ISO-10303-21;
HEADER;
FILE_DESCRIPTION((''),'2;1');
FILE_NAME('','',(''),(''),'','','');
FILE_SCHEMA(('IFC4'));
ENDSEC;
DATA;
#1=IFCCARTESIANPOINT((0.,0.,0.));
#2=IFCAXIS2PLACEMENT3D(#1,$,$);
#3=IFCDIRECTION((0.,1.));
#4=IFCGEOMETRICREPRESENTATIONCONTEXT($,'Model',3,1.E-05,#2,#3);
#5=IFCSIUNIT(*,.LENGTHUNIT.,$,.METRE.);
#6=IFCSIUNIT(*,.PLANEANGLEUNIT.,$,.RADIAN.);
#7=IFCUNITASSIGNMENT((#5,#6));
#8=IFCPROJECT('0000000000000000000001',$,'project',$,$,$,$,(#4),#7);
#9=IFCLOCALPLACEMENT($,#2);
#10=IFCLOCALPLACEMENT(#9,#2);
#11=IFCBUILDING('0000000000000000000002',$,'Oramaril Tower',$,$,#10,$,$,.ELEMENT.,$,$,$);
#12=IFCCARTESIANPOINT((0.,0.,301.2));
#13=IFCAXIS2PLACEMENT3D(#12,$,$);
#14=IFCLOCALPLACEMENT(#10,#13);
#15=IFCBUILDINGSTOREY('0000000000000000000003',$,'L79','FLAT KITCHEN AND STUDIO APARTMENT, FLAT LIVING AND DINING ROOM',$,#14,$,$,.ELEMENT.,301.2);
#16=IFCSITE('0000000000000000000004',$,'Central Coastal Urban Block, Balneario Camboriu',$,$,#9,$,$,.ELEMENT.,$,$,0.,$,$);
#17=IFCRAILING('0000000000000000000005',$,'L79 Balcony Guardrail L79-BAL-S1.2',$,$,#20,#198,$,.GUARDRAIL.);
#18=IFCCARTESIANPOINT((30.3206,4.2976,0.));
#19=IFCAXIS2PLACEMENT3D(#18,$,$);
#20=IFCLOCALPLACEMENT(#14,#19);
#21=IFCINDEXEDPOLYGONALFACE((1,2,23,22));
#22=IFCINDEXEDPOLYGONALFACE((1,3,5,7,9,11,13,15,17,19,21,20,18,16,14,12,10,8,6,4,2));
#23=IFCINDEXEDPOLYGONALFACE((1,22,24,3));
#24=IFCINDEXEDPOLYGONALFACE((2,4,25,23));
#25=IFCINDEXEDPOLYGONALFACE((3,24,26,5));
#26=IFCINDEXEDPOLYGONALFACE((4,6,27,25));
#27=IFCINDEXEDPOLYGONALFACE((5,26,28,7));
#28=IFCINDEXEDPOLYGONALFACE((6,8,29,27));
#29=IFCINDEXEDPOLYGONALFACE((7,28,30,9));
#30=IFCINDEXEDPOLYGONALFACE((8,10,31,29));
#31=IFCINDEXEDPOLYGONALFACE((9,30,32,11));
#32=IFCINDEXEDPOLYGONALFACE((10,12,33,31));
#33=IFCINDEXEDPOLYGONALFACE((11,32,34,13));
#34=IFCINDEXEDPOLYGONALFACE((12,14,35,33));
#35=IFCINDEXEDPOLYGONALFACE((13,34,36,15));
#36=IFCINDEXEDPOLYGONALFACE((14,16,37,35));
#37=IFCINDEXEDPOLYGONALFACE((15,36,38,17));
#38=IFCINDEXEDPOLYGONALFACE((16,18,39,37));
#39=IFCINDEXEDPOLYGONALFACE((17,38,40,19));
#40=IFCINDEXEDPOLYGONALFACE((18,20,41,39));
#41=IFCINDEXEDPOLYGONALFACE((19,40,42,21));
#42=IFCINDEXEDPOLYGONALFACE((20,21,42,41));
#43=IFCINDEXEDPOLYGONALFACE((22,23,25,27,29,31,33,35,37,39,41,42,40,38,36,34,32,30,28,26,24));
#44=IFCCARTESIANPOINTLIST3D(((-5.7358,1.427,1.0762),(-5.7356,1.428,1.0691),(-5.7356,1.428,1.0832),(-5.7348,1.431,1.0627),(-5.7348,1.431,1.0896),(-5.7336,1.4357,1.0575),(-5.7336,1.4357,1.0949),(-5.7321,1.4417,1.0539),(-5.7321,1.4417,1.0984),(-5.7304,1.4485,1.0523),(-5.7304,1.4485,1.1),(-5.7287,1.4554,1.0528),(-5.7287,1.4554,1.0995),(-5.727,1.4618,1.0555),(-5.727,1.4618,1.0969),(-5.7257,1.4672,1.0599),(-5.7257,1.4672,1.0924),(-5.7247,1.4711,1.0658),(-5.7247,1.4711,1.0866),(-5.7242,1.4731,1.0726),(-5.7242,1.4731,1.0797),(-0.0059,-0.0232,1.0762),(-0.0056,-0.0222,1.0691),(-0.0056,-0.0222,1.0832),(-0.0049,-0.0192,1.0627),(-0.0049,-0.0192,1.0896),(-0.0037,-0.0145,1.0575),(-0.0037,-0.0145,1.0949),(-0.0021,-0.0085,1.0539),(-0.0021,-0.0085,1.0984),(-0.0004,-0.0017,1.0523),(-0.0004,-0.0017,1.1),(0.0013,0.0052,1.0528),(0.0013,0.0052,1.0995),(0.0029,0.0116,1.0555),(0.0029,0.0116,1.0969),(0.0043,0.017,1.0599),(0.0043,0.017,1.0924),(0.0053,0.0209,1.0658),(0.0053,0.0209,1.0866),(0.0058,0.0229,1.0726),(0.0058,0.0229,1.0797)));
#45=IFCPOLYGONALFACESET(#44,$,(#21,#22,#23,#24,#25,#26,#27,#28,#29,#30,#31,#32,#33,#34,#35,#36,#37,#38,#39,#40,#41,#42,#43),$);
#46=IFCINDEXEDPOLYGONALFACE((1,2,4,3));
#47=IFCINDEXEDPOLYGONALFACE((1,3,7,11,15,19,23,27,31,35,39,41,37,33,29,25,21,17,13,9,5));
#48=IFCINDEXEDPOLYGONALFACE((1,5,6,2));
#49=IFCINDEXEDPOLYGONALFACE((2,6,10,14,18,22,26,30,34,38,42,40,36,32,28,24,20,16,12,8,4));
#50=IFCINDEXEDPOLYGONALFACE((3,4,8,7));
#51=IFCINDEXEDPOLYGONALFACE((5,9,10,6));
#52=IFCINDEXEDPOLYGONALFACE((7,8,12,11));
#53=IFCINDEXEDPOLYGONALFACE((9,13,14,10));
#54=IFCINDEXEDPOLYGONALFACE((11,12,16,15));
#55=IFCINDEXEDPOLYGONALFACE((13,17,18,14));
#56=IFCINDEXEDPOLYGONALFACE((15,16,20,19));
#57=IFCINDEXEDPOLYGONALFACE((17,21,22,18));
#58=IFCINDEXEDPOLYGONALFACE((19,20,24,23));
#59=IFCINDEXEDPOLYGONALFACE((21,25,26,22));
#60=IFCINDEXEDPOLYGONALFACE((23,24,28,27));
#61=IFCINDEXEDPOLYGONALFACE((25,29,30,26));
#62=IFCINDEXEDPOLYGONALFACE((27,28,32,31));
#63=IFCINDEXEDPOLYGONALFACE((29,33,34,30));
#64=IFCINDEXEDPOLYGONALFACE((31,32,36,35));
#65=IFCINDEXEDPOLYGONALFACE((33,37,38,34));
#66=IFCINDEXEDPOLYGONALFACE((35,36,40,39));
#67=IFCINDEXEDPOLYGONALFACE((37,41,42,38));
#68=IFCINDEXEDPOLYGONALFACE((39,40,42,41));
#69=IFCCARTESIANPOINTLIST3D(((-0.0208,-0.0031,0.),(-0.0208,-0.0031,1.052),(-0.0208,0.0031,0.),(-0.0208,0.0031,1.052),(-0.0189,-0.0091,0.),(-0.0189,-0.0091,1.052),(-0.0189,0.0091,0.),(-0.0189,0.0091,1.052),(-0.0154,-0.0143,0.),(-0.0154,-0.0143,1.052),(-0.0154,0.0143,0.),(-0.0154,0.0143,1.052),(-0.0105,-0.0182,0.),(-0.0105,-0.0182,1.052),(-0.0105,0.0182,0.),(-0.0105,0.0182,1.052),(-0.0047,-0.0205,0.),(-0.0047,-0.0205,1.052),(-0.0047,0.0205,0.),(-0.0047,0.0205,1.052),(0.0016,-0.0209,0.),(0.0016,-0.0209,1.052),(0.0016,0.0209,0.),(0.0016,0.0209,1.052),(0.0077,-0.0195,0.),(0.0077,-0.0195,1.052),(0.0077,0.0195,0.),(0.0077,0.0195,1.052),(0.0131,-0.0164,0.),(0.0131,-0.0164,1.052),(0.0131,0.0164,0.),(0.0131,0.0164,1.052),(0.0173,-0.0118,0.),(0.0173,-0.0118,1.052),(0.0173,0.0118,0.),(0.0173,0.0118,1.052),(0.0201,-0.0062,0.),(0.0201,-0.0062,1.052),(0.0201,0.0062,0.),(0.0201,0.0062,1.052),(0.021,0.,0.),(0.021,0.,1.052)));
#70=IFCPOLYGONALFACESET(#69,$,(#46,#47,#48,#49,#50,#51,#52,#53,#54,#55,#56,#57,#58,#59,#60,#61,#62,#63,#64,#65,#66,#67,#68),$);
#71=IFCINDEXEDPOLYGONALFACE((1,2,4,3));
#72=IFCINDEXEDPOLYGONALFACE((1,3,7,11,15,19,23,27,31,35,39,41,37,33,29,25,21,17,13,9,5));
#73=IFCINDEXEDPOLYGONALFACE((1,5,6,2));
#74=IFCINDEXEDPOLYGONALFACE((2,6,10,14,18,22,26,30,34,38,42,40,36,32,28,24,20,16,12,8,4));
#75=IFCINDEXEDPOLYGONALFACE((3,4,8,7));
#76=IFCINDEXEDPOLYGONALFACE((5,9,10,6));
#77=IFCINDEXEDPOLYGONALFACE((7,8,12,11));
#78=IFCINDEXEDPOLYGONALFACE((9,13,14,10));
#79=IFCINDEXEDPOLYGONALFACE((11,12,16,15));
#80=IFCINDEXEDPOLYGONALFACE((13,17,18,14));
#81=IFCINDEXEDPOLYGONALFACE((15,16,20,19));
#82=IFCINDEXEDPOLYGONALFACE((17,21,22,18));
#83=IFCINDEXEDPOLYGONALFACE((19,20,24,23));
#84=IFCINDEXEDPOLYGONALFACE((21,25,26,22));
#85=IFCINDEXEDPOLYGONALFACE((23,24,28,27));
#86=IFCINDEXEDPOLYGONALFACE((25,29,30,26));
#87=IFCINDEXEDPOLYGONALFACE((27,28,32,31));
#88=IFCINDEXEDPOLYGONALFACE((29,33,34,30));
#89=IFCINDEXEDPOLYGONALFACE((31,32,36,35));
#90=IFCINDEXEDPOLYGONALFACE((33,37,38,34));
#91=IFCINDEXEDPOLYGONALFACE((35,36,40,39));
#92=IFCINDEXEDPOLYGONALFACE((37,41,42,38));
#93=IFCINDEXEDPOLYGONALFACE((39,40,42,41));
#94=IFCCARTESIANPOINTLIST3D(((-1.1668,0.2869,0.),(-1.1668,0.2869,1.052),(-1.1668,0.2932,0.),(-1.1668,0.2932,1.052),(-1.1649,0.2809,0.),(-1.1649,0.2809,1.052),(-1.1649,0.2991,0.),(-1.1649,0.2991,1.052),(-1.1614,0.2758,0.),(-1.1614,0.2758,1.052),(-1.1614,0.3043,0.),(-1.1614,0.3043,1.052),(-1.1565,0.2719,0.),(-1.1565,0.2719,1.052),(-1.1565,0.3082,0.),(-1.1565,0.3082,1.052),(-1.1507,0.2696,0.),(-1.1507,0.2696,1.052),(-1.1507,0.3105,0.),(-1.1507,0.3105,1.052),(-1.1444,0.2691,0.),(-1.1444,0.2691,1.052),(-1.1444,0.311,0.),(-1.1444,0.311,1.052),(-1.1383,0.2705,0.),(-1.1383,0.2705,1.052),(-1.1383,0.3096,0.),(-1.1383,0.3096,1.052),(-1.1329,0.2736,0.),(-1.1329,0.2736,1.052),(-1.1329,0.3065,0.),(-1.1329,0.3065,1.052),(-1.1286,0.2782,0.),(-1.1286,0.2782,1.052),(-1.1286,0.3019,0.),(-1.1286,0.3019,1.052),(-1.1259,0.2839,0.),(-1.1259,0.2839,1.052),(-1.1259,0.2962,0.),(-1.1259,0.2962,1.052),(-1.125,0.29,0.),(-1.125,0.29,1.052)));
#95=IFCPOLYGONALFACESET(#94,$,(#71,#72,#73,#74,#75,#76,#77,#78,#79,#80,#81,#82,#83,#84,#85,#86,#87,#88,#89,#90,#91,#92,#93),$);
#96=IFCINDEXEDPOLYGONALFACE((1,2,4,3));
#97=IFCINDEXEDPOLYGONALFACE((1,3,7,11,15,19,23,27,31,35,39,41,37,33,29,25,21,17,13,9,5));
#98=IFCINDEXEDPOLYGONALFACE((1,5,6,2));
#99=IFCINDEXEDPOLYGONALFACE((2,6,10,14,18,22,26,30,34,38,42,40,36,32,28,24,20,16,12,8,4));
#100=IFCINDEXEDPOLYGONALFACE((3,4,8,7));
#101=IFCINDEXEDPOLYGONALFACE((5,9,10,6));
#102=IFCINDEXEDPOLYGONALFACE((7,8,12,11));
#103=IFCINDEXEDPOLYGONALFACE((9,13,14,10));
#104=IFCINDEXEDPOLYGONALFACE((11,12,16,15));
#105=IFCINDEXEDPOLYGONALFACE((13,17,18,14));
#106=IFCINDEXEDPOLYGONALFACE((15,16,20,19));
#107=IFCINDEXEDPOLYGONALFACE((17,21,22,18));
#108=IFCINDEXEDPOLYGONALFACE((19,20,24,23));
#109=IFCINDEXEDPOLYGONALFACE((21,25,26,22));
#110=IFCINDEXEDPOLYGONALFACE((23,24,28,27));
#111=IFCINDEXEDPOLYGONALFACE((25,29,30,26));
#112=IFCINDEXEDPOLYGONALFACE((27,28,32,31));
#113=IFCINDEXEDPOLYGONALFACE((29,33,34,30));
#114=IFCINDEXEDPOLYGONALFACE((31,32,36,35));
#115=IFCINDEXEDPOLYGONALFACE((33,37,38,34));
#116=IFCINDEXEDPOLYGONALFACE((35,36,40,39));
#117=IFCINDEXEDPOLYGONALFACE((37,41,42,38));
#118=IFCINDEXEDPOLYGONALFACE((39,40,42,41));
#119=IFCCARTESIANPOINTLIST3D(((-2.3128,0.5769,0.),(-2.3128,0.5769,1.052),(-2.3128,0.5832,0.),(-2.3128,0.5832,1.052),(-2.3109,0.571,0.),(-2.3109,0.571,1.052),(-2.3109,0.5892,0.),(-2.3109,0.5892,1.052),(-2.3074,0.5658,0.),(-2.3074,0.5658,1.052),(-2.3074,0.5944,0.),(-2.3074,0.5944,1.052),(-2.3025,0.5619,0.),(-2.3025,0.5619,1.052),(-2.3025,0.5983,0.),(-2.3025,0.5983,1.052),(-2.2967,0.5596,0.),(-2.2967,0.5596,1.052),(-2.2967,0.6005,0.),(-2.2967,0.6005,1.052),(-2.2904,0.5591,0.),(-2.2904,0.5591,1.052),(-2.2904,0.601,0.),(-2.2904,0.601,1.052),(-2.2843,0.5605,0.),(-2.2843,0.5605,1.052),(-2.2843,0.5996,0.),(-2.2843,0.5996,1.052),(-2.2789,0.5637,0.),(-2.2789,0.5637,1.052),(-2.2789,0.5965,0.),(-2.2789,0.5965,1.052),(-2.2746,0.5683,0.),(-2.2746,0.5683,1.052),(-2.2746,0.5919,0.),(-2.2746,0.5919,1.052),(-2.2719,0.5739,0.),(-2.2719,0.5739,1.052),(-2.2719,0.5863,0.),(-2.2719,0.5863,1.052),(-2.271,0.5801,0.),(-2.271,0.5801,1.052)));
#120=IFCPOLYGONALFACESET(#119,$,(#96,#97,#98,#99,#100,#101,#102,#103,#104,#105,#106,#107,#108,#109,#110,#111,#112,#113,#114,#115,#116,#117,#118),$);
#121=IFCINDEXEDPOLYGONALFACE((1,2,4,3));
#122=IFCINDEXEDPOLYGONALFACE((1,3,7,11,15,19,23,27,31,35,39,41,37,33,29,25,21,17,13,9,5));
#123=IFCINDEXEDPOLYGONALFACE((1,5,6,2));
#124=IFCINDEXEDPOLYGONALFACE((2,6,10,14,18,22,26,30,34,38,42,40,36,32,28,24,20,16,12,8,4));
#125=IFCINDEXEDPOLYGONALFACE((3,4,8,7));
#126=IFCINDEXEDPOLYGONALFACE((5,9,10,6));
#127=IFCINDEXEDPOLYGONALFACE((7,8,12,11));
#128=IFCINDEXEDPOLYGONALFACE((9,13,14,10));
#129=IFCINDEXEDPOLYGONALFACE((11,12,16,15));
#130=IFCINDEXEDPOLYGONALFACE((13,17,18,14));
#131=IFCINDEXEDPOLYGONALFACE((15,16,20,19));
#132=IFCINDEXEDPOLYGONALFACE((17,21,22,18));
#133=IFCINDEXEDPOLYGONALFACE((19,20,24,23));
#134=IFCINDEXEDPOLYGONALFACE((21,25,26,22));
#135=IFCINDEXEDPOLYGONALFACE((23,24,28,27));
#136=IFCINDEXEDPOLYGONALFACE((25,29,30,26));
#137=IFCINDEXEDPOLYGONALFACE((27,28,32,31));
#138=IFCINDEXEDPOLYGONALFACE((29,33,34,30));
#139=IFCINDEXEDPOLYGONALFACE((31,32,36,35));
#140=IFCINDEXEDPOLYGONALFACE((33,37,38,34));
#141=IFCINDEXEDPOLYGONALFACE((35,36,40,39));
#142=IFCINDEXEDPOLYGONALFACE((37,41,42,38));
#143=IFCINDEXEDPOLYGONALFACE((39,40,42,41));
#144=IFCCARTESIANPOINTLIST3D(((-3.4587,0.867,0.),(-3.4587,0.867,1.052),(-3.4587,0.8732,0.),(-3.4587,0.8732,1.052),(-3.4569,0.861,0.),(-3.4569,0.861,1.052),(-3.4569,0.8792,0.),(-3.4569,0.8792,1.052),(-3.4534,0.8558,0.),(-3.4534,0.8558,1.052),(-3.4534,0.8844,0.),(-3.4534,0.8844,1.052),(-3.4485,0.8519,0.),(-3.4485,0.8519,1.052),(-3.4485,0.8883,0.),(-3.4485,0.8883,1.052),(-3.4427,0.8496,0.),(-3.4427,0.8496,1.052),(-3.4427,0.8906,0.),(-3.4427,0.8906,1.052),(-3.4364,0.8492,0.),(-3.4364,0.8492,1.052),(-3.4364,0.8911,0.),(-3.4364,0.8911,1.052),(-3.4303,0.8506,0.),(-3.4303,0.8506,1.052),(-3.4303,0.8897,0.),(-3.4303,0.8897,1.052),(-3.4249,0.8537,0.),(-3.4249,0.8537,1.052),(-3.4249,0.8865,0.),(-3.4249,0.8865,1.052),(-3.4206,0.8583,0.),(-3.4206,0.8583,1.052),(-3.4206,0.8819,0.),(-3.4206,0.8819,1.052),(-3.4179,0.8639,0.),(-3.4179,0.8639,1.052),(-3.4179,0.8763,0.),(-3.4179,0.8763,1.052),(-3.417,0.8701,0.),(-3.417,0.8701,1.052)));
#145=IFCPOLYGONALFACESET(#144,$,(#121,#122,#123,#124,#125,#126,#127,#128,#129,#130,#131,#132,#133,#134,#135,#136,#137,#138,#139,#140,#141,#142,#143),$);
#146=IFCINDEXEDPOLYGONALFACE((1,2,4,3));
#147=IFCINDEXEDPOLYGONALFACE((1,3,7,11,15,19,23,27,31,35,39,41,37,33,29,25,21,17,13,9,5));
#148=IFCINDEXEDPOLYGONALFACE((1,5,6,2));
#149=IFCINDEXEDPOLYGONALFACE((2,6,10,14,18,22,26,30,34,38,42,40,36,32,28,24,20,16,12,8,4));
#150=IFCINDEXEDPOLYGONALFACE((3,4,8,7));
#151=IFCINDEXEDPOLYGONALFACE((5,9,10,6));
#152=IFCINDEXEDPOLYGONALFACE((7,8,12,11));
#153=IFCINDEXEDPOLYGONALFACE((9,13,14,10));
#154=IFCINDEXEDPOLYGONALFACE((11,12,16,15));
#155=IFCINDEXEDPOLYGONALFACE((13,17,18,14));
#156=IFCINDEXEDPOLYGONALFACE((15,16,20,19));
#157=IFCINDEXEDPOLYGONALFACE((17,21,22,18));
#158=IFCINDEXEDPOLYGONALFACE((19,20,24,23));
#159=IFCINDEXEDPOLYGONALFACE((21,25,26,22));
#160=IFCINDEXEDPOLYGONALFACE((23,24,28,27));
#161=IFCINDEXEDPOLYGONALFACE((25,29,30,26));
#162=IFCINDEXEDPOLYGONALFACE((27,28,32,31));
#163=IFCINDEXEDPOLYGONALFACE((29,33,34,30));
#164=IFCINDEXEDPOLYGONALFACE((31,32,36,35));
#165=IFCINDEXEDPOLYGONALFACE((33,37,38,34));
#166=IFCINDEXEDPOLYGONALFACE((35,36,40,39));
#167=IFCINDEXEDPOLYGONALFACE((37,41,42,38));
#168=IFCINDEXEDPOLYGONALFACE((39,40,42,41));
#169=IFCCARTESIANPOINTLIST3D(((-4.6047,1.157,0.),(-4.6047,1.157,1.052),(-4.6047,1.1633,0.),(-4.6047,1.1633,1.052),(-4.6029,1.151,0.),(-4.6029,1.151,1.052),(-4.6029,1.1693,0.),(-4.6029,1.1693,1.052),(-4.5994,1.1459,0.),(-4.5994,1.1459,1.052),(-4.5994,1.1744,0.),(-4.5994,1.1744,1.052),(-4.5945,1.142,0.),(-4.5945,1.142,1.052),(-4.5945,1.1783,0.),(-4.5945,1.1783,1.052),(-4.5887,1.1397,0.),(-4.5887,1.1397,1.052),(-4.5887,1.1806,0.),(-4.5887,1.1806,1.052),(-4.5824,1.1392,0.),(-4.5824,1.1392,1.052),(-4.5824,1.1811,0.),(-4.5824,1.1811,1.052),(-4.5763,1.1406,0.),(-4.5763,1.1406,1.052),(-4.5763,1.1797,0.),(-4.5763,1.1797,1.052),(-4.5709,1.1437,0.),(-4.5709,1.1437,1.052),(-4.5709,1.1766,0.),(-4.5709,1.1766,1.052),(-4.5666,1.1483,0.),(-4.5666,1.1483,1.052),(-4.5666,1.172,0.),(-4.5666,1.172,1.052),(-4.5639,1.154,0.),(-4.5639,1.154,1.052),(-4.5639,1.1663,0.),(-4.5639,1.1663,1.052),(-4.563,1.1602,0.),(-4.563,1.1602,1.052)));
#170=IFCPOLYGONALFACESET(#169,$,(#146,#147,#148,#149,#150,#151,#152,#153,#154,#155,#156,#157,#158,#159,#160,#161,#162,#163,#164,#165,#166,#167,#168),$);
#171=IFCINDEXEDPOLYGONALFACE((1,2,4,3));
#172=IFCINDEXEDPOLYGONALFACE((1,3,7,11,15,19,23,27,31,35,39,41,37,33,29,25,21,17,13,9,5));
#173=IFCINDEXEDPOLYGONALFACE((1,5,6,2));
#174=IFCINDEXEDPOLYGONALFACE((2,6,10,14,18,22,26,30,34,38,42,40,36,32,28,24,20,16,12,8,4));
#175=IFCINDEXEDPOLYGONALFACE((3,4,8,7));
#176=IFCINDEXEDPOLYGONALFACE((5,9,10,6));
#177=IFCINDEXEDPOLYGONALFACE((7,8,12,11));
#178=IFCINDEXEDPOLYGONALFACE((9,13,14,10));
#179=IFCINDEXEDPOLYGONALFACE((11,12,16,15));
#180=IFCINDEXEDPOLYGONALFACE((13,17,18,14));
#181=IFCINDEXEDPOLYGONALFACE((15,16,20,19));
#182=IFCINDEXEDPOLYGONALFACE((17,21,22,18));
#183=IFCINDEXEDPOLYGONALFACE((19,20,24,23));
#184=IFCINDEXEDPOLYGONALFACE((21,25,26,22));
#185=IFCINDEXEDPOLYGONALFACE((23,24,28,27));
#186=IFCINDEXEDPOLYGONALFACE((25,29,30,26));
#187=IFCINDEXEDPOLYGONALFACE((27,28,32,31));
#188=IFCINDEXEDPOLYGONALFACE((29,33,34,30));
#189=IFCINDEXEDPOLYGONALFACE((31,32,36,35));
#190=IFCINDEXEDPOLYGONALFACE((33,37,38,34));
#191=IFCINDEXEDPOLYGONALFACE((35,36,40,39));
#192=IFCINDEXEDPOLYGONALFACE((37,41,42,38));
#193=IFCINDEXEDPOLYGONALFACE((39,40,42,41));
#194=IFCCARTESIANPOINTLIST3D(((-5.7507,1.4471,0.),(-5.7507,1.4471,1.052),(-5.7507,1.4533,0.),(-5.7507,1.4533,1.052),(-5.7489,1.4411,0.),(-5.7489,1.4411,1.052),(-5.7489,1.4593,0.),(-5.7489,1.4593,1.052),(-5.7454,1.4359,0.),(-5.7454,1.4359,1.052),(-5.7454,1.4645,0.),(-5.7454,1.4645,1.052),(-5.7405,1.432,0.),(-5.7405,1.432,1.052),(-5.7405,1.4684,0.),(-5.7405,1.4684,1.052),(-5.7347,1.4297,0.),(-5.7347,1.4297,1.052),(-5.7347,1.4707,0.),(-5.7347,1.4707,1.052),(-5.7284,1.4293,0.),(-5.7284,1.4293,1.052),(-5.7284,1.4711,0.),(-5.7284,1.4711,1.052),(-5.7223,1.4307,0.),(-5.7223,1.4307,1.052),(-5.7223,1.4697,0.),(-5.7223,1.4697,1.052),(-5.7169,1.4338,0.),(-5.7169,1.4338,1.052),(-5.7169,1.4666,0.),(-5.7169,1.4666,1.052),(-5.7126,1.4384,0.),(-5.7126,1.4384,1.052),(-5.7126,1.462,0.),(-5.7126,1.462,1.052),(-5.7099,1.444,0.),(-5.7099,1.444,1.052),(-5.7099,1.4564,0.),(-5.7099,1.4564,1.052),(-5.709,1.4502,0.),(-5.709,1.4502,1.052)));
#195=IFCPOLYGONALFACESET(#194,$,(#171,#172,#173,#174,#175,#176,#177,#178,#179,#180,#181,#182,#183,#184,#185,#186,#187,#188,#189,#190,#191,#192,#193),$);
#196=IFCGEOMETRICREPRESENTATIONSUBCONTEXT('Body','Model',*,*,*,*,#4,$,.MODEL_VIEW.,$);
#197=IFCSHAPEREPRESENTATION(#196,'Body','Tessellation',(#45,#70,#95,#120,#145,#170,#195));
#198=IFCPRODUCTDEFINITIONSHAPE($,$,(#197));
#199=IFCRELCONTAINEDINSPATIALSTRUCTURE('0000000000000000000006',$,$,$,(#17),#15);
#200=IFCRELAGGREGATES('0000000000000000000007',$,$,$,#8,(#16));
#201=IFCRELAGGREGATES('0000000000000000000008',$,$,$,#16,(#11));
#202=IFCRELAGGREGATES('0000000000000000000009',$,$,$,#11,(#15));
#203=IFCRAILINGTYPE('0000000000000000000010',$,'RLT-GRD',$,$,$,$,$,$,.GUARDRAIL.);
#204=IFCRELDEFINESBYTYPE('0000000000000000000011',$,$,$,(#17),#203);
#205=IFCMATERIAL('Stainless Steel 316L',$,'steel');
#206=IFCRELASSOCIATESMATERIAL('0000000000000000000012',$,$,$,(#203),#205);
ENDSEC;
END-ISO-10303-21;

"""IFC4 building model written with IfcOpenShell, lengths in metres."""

from ifc_helpers import new_model, si_unit, direction, frame, origin, origin_2d, place, context, subcontext, project, spatial, circle, extrude, material, type_object, element, save


model = new_model("IFC4")

# Units and contexts
model_context = context("Model", 3, precision=1e-05, world=origin(), true_north=direction((0.0, 1.0)))
body_context = subcontext(model_context, "Body", "Model", "MODEL_VIEW")
ifc_project = project(units=[si_unit("LENGTHUNIT", "METRE"), si_unit("PLANEANGLEUNIT", "RADIAN")], contexts=[model_context])

# Site, building, storey
site_placement = place(None, origin())
site = spatial("IfcSite", under=ifc_project, at=site_placement, Name="Central Coastal Urban Block, Balneario Camboriu", CompositionType="ELEMENT", RefElevation=0.0)
building_placement = place(site_placement, origin())
building = spatial("IfcBuilding", under=site, at=building_placement, Name="Oramaril Tower", CompositionType="ELEMENT")
storey_placement = place(building_placement, frame((0.0, 0.0, 301.2)))
storey = spatial("IfcBuildingStorey", under=building, at=storey_placement, Name="L79", Description="FLAT KITCHEN AND STUDIO APARTMENT, FLAT LIVING AND DINING ROOM", CompositionType="ELEMENT", Elevation=301.2)

# Railing
ifc_material_1 = material(Name="Stainless Steel 316L", Category="steel")
railing_type = type_object("IfcRailingType", Name="RLT-GRD", PredefinedType="GUARDRAIL", material=ifc_material_1)
railing_1_placement = place(storey_placement, frame((30.3206, 4.2976, 0.0)))
element("IfcRailing", 1, at=railing_1_placement, inside=storey, type_object=railing_type, Name="L79 Balcony Guardrail L79-BAL-S1.2", PredefinedType="GUARDRAIL", context=body_context, shape_type="SweptSolid", body=[
    extrude(circle(Radius=0.0239, at=origin_2d()), frame((0.0, 0.0, 1.0762), z_axis=(-0.969434, 0.245353, 0.0), x_axis=(-0.245353, -0.969434, 0.0)), (0.0, 0.0, 1.0), 5.9106),
    extrude(circle(Radius=0.021, at=origin_2d()), origin(), (0.0, 0.0, 1.0), 1.052),
    extrude(circle(Radius=0.021, at=origin_2d()), frame((-1.146, 0.29, 0.0)), (0.0, 0.0, 1.0), 1.052),
    extrude(circle(Radius=0.021, at=origin_2d()), frame((-2.292, 0.5801, 0.0)), (0.0, 0.0, 1.0), 1.052),
    extrude(circle(Radius=0.021, at=origin_2d()), frame((-3.438, 0.8701, 0.0)), (0.0, 0.0, 1.0), 1.052),
    extrude(circle(Radius=0.021, at=origin_2d()), frame((-4.584, 1.1602, 0.0)), (0.0, 0.0, 1.0), 1.052),
    extrude(circle(Radius=0.021, at=origin_2d()), frame((-5.73, 1.4502, 0.0)), (0.0, 0.0, 1.0), 1.052),
])

save(model, "model.ifc")
